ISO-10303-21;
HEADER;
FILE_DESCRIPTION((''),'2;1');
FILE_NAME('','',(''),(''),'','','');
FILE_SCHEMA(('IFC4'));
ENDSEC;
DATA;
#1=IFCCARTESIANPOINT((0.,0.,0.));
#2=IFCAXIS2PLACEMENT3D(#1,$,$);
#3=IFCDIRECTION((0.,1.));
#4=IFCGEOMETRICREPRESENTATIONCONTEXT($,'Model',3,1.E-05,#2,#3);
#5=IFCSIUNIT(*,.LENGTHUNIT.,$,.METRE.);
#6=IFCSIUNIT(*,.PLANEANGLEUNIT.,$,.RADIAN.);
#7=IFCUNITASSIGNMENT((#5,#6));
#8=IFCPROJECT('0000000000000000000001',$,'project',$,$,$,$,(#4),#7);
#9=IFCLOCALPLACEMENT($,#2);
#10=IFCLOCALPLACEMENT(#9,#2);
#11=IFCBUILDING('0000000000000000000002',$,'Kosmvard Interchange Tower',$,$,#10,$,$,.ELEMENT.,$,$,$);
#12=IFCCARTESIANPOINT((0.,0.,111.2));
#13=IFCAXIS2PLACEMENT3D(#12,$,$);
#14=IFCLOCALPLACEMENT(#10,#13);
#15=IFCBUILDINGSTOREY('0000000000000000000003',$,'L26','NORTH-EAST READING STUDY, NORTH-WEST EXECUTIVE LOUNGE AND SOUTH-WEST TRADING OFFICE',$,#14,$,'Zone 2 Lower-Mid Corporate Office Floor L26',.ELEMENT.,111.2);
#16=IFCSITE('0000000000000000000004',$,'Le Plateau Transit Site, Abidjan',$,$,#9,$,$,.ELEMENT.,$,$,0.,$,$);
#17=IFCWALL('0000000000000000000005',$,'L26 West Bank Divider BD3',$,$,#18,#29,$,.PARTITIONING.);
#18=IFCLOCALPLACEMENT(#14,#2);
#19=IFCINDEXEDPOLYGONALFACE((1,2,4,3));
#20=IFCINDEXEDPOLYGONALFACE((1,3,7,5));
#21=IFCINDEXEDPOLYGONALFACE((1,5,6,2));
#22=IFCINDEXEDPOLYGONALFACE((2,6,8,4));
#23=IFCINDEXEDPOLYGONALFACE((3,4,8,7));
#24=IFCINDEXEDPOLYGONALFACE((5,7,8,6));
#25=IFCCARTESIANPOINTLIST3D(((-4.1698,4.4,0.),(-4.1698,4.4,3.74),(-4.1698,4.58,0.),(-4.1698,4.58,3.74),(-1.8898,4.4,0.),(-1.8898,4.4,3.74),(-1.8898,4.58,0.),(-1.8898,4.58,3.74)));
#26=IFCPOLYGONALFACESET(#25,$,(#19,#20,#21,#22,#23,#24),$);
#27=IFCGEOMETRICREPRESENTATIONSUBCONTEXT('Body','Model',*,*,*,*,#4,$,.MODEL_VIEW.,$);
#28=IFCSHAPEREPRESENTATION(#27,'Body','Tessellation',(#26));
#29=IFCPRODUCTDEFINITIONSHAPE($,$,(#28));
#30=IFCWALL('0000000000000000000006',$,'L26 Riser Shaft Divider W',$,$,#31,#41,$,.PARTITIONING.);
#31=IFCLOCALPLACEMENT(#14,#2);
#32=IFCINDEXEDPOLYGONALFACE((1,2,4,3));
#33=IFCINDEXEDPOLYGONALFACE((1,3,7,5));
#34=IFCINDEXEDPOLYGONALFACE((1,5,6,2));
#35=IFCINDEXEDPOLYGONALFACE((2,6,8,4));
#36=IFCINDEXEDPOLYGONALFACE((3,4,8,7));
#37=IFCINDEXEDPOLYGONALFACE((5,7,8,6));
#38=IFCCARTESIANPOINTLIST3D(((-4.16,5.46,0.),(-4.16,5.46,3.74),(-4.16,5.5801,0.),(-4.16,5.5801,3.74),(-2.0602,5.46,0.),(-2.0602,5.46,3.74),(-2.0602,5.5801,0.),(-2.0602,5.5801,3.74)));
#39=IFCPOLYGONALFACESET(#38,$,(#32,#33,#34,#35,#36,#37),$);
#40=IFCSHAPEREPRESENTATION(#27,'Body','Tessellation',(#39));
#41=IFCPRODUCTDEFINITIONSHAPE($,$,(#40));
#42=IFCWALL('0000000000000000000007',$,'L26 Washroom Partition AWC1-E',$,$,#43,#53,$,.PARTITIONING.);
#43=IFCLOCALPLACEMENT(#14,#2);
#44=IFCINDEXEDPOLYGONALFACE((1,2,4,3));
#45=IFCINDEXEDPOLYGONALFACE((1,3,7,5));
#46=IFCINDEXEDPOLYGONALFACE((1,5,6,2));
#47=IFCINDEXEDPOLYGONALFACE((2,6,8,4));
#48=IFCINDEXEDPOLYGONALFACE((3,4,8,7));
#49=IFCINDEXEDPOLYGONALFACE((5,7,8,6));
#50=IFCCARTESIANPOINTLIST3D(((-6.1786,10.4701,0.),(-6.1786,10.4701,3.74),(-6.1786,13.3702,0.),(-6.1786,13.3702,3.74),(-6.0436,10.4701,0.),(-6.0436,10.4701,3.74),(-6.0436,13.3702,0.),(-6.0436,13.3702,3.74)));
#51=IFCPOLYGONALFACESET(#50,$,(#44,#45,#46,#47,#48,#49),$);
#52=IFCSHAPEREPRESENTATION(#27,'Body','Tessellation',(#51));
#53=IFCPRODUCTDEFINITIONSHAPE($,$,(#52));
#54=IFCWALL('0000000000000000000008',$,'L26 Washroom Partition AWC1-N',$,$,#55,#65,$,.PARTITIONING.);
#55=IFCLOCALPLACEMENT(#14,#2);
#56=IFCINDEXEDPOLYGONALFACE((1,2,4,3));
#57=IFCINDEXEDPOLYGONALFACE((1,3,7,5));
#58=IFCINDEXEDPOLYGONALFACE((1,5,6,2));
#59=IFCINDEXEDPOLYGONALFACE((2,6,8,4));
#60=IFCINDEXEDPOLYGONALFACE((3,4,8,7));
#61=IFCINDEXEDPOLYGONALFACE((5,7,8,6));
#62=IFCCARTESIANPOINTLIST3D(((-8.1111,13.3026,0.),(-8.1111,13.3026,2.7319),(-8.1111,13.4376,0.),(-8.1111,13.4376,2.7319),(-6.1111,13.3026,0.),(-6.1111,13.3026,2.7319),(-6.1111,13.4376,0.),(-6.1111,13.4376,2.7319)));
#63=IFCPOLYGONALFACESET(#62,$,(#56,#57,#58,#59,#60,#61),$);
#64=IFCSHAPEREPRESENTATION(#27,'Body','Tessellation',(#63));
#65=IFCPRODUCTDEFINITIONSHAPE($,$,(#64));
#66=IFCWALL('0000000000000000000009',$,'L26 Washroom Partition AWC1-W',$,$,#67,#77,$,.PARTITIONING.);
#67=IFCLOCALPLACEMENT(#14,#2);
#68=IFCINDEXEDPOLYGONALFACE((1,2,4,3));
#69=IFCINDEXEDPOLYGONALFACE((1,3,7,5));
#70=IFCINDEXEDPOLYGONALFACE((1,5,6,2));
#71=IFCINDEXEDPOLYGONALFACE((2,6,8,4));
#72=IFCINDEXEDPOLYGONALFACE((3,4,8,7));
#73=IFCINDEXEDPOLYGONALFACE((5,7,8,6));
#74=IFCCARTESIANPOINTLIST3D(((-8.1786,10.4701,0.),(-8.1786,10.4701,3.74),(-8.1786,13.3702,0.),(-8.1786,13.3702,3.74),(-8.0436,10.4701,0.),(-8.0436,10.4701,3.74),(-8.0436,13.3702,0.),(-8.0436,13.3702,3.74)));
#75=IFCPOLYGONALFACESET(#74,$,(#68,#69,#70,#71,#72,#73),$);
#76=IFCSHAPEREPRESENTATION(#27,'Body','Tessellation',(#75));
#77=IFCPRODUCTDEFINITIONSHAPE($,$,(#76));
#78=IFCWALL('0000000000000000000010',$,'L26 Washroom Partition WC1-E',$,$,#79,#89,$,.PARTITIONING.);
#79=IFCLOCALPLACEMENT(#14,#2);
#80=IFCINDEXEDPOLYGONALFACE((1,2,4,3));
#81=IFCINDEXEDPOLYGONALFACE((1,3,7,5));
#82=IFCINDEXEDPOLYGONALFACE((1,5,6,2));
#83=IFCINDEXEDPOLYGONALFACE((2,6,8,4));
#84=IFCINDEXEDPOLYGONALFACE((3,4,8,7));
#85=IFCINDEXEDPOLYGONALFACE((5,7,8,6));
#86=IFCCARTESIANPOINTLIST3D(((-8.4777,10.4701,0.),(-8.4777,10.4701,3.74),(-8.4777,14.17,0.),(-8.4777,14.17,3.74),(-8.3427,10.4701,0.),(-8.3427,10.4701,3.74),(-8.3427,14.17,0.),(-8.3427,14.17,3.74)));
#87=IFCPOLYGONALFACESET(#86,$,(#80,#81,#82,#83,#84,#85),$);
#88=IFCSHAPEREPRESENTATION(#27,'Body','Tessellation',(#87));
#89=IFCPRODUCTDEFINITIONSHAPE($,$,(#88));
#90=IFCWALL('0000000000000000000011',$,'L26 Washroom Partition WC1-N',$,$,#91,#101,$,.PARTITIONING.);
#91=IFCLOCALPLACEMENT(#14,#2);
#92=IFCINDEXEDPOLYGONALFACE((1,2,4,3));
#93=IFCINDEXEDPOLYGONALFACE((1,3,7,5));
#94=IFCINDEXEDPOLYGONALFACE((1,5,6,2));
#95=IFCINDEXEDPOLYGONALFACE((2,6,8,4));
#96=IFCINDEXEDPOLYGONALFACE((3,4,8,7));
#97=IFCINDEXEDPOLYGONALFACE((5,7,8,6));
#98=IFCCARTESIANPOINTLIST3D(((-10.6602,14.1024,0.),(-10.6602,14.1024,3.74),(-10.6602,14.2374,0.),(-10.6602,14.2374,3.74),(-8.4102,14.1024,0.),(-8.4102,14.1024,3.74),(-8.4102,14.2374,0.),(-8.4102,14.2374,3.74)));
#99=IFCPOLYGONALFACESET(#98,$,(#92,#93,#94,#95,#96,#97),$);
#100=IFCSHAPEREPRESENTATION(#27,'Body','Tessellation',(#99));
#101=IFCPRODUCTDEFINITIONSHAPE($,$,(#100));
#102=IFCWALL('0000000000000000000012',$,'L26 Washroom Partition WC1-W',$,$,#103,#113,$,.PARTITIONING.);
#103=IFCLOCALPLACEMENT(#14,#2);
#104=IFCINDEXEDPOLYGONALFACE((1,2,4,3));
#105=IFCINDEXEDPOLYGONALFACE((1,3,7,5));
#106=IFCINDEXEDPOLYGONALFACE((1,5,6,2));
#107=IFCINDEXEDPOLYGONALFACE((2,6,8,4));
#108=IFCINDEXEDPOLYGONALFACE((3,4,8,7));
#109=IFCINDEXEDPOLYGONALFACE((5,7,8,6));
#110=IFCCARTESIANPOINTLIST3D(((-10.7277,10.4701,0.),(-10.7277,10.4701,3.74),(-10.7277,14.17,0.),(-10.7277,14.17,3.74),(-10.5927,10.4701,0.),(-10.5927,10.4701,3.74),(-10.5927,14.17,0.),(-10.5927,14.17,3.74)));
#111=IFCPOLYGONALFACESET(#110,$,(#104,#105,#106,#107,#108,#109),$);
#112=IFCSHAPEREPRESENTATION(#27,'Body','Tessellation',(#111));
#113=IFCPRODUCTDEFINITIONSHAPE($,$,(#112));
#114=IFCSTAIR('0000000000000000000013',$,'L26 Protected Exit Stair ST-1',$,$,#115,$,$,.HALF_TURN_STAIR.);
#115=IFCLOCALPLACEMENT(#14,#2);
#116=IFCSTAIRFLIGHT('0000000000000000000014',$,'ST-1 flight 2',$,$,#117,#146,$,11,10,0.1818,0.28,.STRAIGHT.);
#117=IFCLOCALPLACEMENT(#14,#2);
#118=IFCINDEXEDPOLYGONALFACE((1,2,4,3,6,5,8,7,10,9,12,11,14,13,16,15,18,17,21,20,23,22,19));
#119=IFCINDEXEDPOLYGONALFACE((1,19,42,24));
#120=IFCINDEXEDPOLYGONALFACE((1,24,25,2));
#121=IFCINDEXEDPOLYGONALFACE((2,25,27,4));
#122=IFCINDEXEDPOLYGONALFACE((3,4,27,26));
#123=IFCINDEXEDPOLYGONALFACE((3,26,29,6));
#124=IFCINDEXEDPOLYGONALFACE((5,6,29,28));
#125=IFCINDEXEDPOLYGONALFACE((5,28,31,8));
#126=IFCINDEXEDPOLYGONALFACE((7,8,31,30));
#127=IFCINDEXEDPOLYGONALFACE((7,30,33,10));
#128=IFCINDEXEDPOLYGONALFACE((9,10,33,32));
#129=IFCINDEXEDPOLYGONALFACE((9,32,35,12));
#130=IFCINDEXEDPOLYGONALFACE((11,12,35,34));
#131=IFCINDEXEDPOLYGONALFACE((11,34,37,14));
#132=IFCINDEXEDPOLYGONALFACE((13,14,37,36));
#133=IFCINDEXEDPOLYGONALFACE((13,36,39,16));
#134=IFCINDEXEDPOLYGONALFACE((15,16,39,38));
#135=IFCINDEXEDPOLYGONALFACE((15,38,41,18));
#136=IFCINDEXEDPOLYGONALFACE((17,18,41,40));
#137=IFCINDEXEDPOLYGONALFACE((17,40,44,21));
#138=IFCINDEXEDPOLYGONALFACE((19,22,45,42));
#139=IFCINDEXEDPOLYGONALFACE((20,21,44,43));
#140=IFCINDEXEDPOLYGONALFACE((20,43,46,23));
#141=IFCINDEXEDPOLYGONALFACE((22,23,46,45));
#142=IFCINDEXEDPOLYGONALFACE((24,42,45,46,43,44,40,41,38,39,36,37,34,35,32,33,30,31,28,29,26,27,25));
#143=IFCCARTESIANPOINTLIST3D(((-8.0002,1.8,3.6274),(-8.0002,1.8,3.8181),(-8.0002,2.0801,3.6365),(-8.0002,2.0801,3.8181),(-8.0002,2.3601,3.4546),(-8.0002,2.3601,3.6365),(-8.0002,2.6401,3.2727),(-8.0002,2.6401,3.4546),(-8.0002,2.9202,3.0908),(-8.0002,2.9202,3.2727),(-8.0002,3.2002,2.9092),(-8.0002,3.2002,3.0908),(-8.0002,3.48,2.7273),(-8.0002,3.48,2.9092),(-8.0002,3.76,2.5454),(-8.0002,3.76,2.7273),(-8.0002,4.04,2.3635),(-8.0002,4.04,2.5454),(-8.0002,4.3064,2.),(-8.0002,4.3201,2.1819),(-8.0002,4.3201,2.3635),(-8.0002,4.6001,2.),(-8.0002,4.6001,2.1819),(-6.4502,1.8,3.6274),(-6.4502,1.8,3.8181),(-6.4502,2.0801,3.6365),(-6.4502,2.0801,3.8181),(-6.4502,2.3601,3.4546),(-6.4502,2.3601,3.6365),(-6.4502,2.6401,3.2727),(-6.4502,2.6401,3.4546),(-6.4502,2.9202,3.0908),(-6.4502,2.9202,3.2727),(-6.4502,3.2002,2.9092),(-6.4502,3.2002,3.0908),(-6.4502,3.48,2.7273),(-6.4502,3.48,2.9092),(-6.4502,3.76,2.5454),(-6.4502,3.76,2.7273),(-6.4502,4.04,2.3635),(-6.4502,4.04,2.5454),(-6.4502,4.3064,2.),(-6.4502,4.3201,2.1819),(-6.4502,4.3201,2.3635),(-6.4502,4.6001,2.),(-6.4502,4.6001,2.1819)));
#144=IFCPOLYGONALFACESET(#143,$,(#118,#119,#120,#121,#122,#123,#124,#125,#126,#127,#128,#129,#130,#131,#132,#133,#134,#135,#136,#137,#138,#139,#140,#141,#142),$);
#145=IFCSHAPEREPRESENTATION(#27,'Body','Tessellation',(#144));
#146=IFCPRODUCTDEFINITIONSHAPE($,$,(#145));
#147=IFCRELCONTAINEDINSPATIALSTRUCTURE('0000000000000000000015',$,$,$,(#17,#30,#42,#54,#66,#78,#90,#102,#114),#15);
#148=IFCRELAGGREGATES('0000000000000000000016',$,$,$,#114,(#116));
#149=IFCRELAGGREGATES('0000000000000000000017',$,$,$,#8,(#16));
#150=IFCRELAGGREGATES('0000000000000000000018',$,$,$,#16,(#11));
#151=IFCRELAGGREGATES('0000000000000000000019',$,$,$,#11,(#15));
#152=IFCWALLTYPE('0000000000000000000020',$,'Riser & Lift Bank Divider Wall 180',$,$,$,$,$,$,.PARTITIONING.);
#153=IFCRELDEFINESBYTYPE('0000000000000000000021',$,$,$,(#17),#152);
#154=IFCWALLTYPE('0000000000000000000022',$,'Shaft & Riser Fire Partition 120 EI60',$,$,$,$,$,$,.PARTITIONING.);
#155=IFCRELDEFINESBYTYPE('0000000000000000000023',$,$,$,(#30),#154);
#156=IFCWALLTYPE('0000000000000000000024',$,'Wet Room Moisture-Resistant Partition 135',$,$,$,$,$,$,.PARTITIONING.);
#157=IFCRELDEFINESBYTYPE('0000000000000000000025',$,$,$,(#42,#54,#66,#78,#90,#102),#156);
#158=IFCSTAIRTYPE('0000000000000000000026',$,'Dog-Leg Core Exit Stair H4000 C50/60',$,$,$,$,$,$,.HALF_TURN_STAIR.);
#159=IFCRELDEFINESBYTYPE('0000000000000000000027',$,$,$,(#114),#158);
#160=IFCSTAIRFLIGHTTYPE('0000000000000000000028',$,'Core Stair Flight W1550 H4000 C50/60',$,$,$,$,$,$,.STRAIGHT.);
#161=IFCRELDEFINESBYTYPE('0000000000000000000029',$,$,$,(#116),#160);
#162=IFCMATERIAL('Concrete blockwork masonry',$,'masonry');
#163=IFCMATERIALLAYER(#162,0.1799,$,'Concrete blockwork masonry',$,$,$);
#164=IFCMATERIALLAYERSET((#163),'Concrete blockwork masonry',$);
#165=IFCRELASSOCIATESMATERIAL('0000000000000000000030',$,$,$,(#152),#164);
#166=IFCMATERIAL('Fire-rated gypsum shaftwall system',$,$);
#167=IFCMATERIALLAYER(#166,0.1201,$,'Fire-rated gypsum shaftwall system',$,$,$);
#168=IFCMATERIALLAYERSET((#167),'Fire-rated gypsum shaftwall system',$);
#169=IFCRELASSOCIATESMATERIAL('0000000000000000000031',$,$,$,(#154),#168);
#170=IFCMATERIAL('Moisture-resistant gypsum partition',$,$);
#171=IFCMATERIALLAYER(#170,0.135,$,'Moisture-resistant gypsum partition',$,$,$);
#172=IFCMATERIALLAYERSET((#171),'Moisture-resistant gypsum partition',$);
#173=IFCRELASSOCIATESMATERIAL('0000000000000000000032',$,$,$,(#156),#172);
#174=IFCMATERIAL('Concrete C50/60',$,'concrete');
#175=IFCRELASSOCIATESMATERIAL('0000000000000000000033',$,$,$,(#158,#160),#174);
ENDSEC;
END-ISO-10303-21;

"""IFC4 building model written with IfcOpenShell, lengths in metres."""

from ifc_helpers import new_model, si_unit, direction, frame, frame_2d, origin, place, context, subcontext, project, spatial, polyline, rectangle, outline, extrude, source, transform, mapped, material, layer, layer_set, type_object, element, aggregate, save


model = new_model("IFC4")

# Units and contexts
model_context = context("Model", 3, precision=1e-05, world=origin(), true_north=direction((0.0, 1.0)))
body_context = subcontext(model_context, "Body", "Model", "MODEL_VIEW")
ifc_project = project(units=[si_unit("LENGTHUNIT", "METRE"), si_unit("PLANEANGLEUNIT", "RADIAN")], contexts=[model_context])

# Site, building, storey
site_placement = place(None, origin())
site = spatial("IfcSite", under=ifc_project, at=site_placement, Name="Le Plateau Transit Site, Abidjan", CompositionType="ELEMENT", RefElevation=0.0)
building_placement = place(site_placement, origin())
building = spatial("IfcBuilding", under=site, at=building_placement, Name="Kosmvard Interchange Tower", CompositionType="ELEMENT")
storey_placement = place(building_placement, frame((0.0, 0.0, 111.2)))
storey = spatial("IfcBuildingStorey", under=building, at=storey_placement, Name="L26", Description="NORTH-EAST READING STUDY, NORTH-WEST EXECUTIVE LOUNGE AND SOUTH-WEST TRADING OFFICE", LongName="Zone 2 Lower-Mid Corporate Office Floor L26", CompositionType="ELEMENT", Elevation=111.2)

# Walls
ifc_material_1 = material(Name="Concrete blockwork masonry", Category="masonry")
ifc_layer_1 = layer(ifc_material_1, 0.1799, Name="Concrete blockwork masonry")
ifc_layer_set_1 = layer_set([ifc_layer_1], Name="Concrete blockwork masonry")
wall_type_1 = type_object("IfcWallType", Name="Riser & Lift Bank Divider Wall 180", PredefinedType="PARTITIONING", material=ifc_layer_set_1)
wall_1_placement = place(storey_placement, frame((-4.1699, 4.49, 0.0), z_axis=(0.0, 0.0, 1.0), x_axis=(1.0, 0.0, 0.0)))
element("IfcWall", 1, at=wall_1_placement, inside=storey, type_object=wall_type_1, Name="L26 West Bank Divider BD3", PredefinedType="PARTITIONING", context=body_context, shape_type="SweptSolid", body=[
    extrude(rectangle(XDim=2.28, YDim=0.1799, at=frame_2d((1.1401, 0.0))), origin(), (0.0, 0.0, 1.0), 3.74),
])
ifc_material_2 = material(Name="Fire-rated gypsum shaftwall system")
ifc_layer_2 = layer(ifc_material_2, 0.1201, Name="Fire-rated gypsum shaftwall system")
ifc_layer_set_2 = layer_set([ifc_layer_2], Name="Fire-rated gypsum shaftwall system")
wall_type_2 = type_object("IfcWallType", Name="Shaft & Riser Fire Partition 120 EI60", PredefinedType="PARTITIONING", material=ifc_layer_set_2)
wall_2_placement = place(storey_placement, frame((-4.1599, 5.52, 0.0), z_axis=(0.0, 0.0, 1.0), x_axis=(1.0, 0.0, 0.0)))
element("IfcWall", 2, at=wall_2_placement, inside=storey, type_object=wall_type_2, Name="L26 Riser Shaft Divider W", PredefinedType="PARTITIONING", context=body_context, shape_type="SweptSolid", body=[
    extrude(rectangle(XDim=2.0999, YDim=0.1201, at=frame_2d((1.0498, 0.0))), origin(), (0.0, 0.0, 1.0), 3.74),
])
ifc_material_3 = material(Name="Moisture-resistant gypsum partition")
ifc_layer_3 = layer(ifc_material_3, 0.135, Name="Moisture-resistant gypsum partition")
ifc_layer_set_3 = layer_set([ifc_layer_3], Name="Moisture-resistant gypsum partition")
wall_type_3 = type_object("IfcWallType", Name="Wet Room Moisture-Resistant Partition 135", PredefinedType="PARTITIONING", material=ifc_layer_set_3)
wall_3_placement = place(storey_placement, frame((-6.1111, 10.47, 0.0), z_axis=(0.0, 0.0, 1.0), x_axis=(0.0, 1.0, 0.0)))
element("IfcWall", 3, at=wall_3_placement, inside=storey, type_object=wall_type_3, Name="L26 Washroom Partition AWC1-E", PredefinedType="PARTITIONING", context=body_context, shape_type="SweptSolid", body=[
    extrude(rectangle(XDim=2.9001, YDim=0.135, at=frame_2d((1.4502, 0.0))), origin(), (0.0, 0.0, 1.0), 3.74),
])
wall_4_placement = place(storey_placement, frame((-8.1111, 13.3701, 0.0), z_axis=(0.0, 0.0, 1.0), x_axis=(1.0, 0.0, 0.0)))
element("IfcWall", 4, at=wall_4_placement, inside=storey, type_object=wall_type_3, Name="L26 Washroom Partition AWC1-N", PredefinedType="PARTITIONING", context=body_context, shape_type="SweptSolid", body=[
    extrude(rectangle(XDim=2.0, YDim=0.135, at=frame_2d((1.0, 0.0))), origin(), (0.0, 0.0, 1.0), 2.7319),
])
wall_5_placement = place(storey_placement, frame((-8.1111, 10.47, 0.0), z_axis=(0.0, 0.0, 1.0), x_axis=(0.0, 1.0, 0.0)))
element("IfcWall", 5, at=wall_5_placement, inside=storey, type_object=wall_type_3, Name="L26 Washroom Partition AWC1-W", PredefinedType="PARTITIONING", context=body_context, shape_type="SweptSolid", body=[
    extrude(rectangle(XDim=2.9001, YDim=0.135, at=frame_2d((1.4502, 0.0))), origin(), (0.0, 0.0, 1.0), 3.74),
])
wall_6_placement = place(storey_placement, frame((-8.4102, 10.47, 0.0), z_axis=(0.0, 0.0, 1.0), x_axis=(0.0, 1.0, 0.0)))
element("IfcWall", 6, at=wall_6_placement, inside=storey, type_object=wall_type_3, Name="L26 Washroom Partition WC1-E", PredefinedType="PARTITIONING", context=body_context, shape_type="SweptSolid", body=[
    extrude(rectangle(XDim=3.7, YDim=0.135, at=frame_2d((1.8501, 0.0))), origin(), (0.0, 0.0, 1.0), 3.74),
])
wall_7_placement = place(storey_placement, frame((-10.6602, 14.1699, 0.0), z_axis=(0.0, 0.0, 1.0), x_axis=(1.0, 0.0, 0.0)))
element("IfcWall", 7, at=wall_7_placement, inside=storey, type_object=wall_type_3, Name="L26 Washroom Partition WC1-N", PredefinedType="PARTITIONING", context=body_context, shape_type="SweptSolid", body=[
    extrude(rectangle(XDim=2.25, YDim=0.135, at=frame_2d((1.125, 0.0))), origin(), (0.0, 0.0, 1.0), 3.74),
])
wall_8_placement = place(storey_placement, frame((-10.6602, 10.47, 0.0), z_axis=(0.0, 0.0, 1.0), x_axis=(0.0, 1.0, 0.0)))
element("IfcWall", 8, at=wall_8_placement, inside=storey, type_object=wall_type_3, Name="L26 Washroom Partition WC1-W", PredefinedType="PARTITIONING", context=body_context, shape_type="SweptSolid", body=[
    extrude(rectangle(XDim=3.7, YDim=0.135, at=frame_2d((1.8501, 0.0))), origin(), (0.0, 0.0, 1.0), 3.74),
])

# Stair, stair flight
ifc_material_4 = material(Name="Concrete C50/60", Category="concrete")
stair_type = type_object("IfcStairType", Name="Dog-Leg Core Exit Stair H4000 C50/60", PredefinedType="HALF_TURN_STAIR", material=ifc_material_4)
stair_placement = place(storey_placement, origin())
stair = element("IfcStair", 9, at=stair_placement, inside=storey, type_object=stair_type, Name="L26 Protected Exit Stair ST-1", PredefinedType="HALF_TURN_STAIR")
stair_flight_type = type_object("IfcStairFlightType", Name="Core Stair Flight W1550 H4000 C50/60", PredefinedType="STRAIGHT", material=ifc_material_4)
shared_shape_1 = source(origin(), body_context, "Body", "SweptSolid", [
    extrude(outline(polyline([(0.0, 0.0), (0.0, 0.1819), (0.28, 0.1819), (0.28, 0.3635), (0.5601, 0.3635), (0.5601, 0.5454), (0.8401, 0.5454), (0.8401, 0.7273), (1.1201, 0.7273), (1.1201, 0.9092), (1.3999, 0.9092), (1.3999, 1.0908), (1.6799, 1.0908), (1.6799, 1.2727), (1.96, 1.2727), (1.96, 1.4546), (2.24, 1.4546), (2.24, 1.6365), (2.52, 1.6365), (2.52, 1.8181), (2.8, 1.8181), (2.8, 2.0), (2.8, 1.6274), (0.2937, 0.0), (0.0, 0.0)])), frame((0.0, 0.7749, 0.0), z_axis=(0.0, -1.0, 0.0), x_axis=(1.0, 0.0, 0.0)), (0.0, 0.0, 1.0), 1.55),
])
stair_flight_placement = place(storey_placement, frame((-7.2251, 4.6001, 2.0), z_axis=(0.0, 0.0, 1.0), x_axis=(0.0, -1.0, 0.0)))
stair_flight = element("IfcStairFlight", 10, at=stair_flight_placement, type_object=stair_flight_type, Name="ST-1 flight 2", NumberOfRisers=11, NumberOfTreads=10, PredefinedType="STRAIGHT", RiserHeight=0.1818, TreadLength=0.28, context=body_context, shape_type="MappedRepresentation", body=[
    mapped(shared_shape_1, transform((0.0, 0.0, 0.0), scale=1.0)),
])
aggregate(stair, [stair_flight])

save(model, "model.ifc")
